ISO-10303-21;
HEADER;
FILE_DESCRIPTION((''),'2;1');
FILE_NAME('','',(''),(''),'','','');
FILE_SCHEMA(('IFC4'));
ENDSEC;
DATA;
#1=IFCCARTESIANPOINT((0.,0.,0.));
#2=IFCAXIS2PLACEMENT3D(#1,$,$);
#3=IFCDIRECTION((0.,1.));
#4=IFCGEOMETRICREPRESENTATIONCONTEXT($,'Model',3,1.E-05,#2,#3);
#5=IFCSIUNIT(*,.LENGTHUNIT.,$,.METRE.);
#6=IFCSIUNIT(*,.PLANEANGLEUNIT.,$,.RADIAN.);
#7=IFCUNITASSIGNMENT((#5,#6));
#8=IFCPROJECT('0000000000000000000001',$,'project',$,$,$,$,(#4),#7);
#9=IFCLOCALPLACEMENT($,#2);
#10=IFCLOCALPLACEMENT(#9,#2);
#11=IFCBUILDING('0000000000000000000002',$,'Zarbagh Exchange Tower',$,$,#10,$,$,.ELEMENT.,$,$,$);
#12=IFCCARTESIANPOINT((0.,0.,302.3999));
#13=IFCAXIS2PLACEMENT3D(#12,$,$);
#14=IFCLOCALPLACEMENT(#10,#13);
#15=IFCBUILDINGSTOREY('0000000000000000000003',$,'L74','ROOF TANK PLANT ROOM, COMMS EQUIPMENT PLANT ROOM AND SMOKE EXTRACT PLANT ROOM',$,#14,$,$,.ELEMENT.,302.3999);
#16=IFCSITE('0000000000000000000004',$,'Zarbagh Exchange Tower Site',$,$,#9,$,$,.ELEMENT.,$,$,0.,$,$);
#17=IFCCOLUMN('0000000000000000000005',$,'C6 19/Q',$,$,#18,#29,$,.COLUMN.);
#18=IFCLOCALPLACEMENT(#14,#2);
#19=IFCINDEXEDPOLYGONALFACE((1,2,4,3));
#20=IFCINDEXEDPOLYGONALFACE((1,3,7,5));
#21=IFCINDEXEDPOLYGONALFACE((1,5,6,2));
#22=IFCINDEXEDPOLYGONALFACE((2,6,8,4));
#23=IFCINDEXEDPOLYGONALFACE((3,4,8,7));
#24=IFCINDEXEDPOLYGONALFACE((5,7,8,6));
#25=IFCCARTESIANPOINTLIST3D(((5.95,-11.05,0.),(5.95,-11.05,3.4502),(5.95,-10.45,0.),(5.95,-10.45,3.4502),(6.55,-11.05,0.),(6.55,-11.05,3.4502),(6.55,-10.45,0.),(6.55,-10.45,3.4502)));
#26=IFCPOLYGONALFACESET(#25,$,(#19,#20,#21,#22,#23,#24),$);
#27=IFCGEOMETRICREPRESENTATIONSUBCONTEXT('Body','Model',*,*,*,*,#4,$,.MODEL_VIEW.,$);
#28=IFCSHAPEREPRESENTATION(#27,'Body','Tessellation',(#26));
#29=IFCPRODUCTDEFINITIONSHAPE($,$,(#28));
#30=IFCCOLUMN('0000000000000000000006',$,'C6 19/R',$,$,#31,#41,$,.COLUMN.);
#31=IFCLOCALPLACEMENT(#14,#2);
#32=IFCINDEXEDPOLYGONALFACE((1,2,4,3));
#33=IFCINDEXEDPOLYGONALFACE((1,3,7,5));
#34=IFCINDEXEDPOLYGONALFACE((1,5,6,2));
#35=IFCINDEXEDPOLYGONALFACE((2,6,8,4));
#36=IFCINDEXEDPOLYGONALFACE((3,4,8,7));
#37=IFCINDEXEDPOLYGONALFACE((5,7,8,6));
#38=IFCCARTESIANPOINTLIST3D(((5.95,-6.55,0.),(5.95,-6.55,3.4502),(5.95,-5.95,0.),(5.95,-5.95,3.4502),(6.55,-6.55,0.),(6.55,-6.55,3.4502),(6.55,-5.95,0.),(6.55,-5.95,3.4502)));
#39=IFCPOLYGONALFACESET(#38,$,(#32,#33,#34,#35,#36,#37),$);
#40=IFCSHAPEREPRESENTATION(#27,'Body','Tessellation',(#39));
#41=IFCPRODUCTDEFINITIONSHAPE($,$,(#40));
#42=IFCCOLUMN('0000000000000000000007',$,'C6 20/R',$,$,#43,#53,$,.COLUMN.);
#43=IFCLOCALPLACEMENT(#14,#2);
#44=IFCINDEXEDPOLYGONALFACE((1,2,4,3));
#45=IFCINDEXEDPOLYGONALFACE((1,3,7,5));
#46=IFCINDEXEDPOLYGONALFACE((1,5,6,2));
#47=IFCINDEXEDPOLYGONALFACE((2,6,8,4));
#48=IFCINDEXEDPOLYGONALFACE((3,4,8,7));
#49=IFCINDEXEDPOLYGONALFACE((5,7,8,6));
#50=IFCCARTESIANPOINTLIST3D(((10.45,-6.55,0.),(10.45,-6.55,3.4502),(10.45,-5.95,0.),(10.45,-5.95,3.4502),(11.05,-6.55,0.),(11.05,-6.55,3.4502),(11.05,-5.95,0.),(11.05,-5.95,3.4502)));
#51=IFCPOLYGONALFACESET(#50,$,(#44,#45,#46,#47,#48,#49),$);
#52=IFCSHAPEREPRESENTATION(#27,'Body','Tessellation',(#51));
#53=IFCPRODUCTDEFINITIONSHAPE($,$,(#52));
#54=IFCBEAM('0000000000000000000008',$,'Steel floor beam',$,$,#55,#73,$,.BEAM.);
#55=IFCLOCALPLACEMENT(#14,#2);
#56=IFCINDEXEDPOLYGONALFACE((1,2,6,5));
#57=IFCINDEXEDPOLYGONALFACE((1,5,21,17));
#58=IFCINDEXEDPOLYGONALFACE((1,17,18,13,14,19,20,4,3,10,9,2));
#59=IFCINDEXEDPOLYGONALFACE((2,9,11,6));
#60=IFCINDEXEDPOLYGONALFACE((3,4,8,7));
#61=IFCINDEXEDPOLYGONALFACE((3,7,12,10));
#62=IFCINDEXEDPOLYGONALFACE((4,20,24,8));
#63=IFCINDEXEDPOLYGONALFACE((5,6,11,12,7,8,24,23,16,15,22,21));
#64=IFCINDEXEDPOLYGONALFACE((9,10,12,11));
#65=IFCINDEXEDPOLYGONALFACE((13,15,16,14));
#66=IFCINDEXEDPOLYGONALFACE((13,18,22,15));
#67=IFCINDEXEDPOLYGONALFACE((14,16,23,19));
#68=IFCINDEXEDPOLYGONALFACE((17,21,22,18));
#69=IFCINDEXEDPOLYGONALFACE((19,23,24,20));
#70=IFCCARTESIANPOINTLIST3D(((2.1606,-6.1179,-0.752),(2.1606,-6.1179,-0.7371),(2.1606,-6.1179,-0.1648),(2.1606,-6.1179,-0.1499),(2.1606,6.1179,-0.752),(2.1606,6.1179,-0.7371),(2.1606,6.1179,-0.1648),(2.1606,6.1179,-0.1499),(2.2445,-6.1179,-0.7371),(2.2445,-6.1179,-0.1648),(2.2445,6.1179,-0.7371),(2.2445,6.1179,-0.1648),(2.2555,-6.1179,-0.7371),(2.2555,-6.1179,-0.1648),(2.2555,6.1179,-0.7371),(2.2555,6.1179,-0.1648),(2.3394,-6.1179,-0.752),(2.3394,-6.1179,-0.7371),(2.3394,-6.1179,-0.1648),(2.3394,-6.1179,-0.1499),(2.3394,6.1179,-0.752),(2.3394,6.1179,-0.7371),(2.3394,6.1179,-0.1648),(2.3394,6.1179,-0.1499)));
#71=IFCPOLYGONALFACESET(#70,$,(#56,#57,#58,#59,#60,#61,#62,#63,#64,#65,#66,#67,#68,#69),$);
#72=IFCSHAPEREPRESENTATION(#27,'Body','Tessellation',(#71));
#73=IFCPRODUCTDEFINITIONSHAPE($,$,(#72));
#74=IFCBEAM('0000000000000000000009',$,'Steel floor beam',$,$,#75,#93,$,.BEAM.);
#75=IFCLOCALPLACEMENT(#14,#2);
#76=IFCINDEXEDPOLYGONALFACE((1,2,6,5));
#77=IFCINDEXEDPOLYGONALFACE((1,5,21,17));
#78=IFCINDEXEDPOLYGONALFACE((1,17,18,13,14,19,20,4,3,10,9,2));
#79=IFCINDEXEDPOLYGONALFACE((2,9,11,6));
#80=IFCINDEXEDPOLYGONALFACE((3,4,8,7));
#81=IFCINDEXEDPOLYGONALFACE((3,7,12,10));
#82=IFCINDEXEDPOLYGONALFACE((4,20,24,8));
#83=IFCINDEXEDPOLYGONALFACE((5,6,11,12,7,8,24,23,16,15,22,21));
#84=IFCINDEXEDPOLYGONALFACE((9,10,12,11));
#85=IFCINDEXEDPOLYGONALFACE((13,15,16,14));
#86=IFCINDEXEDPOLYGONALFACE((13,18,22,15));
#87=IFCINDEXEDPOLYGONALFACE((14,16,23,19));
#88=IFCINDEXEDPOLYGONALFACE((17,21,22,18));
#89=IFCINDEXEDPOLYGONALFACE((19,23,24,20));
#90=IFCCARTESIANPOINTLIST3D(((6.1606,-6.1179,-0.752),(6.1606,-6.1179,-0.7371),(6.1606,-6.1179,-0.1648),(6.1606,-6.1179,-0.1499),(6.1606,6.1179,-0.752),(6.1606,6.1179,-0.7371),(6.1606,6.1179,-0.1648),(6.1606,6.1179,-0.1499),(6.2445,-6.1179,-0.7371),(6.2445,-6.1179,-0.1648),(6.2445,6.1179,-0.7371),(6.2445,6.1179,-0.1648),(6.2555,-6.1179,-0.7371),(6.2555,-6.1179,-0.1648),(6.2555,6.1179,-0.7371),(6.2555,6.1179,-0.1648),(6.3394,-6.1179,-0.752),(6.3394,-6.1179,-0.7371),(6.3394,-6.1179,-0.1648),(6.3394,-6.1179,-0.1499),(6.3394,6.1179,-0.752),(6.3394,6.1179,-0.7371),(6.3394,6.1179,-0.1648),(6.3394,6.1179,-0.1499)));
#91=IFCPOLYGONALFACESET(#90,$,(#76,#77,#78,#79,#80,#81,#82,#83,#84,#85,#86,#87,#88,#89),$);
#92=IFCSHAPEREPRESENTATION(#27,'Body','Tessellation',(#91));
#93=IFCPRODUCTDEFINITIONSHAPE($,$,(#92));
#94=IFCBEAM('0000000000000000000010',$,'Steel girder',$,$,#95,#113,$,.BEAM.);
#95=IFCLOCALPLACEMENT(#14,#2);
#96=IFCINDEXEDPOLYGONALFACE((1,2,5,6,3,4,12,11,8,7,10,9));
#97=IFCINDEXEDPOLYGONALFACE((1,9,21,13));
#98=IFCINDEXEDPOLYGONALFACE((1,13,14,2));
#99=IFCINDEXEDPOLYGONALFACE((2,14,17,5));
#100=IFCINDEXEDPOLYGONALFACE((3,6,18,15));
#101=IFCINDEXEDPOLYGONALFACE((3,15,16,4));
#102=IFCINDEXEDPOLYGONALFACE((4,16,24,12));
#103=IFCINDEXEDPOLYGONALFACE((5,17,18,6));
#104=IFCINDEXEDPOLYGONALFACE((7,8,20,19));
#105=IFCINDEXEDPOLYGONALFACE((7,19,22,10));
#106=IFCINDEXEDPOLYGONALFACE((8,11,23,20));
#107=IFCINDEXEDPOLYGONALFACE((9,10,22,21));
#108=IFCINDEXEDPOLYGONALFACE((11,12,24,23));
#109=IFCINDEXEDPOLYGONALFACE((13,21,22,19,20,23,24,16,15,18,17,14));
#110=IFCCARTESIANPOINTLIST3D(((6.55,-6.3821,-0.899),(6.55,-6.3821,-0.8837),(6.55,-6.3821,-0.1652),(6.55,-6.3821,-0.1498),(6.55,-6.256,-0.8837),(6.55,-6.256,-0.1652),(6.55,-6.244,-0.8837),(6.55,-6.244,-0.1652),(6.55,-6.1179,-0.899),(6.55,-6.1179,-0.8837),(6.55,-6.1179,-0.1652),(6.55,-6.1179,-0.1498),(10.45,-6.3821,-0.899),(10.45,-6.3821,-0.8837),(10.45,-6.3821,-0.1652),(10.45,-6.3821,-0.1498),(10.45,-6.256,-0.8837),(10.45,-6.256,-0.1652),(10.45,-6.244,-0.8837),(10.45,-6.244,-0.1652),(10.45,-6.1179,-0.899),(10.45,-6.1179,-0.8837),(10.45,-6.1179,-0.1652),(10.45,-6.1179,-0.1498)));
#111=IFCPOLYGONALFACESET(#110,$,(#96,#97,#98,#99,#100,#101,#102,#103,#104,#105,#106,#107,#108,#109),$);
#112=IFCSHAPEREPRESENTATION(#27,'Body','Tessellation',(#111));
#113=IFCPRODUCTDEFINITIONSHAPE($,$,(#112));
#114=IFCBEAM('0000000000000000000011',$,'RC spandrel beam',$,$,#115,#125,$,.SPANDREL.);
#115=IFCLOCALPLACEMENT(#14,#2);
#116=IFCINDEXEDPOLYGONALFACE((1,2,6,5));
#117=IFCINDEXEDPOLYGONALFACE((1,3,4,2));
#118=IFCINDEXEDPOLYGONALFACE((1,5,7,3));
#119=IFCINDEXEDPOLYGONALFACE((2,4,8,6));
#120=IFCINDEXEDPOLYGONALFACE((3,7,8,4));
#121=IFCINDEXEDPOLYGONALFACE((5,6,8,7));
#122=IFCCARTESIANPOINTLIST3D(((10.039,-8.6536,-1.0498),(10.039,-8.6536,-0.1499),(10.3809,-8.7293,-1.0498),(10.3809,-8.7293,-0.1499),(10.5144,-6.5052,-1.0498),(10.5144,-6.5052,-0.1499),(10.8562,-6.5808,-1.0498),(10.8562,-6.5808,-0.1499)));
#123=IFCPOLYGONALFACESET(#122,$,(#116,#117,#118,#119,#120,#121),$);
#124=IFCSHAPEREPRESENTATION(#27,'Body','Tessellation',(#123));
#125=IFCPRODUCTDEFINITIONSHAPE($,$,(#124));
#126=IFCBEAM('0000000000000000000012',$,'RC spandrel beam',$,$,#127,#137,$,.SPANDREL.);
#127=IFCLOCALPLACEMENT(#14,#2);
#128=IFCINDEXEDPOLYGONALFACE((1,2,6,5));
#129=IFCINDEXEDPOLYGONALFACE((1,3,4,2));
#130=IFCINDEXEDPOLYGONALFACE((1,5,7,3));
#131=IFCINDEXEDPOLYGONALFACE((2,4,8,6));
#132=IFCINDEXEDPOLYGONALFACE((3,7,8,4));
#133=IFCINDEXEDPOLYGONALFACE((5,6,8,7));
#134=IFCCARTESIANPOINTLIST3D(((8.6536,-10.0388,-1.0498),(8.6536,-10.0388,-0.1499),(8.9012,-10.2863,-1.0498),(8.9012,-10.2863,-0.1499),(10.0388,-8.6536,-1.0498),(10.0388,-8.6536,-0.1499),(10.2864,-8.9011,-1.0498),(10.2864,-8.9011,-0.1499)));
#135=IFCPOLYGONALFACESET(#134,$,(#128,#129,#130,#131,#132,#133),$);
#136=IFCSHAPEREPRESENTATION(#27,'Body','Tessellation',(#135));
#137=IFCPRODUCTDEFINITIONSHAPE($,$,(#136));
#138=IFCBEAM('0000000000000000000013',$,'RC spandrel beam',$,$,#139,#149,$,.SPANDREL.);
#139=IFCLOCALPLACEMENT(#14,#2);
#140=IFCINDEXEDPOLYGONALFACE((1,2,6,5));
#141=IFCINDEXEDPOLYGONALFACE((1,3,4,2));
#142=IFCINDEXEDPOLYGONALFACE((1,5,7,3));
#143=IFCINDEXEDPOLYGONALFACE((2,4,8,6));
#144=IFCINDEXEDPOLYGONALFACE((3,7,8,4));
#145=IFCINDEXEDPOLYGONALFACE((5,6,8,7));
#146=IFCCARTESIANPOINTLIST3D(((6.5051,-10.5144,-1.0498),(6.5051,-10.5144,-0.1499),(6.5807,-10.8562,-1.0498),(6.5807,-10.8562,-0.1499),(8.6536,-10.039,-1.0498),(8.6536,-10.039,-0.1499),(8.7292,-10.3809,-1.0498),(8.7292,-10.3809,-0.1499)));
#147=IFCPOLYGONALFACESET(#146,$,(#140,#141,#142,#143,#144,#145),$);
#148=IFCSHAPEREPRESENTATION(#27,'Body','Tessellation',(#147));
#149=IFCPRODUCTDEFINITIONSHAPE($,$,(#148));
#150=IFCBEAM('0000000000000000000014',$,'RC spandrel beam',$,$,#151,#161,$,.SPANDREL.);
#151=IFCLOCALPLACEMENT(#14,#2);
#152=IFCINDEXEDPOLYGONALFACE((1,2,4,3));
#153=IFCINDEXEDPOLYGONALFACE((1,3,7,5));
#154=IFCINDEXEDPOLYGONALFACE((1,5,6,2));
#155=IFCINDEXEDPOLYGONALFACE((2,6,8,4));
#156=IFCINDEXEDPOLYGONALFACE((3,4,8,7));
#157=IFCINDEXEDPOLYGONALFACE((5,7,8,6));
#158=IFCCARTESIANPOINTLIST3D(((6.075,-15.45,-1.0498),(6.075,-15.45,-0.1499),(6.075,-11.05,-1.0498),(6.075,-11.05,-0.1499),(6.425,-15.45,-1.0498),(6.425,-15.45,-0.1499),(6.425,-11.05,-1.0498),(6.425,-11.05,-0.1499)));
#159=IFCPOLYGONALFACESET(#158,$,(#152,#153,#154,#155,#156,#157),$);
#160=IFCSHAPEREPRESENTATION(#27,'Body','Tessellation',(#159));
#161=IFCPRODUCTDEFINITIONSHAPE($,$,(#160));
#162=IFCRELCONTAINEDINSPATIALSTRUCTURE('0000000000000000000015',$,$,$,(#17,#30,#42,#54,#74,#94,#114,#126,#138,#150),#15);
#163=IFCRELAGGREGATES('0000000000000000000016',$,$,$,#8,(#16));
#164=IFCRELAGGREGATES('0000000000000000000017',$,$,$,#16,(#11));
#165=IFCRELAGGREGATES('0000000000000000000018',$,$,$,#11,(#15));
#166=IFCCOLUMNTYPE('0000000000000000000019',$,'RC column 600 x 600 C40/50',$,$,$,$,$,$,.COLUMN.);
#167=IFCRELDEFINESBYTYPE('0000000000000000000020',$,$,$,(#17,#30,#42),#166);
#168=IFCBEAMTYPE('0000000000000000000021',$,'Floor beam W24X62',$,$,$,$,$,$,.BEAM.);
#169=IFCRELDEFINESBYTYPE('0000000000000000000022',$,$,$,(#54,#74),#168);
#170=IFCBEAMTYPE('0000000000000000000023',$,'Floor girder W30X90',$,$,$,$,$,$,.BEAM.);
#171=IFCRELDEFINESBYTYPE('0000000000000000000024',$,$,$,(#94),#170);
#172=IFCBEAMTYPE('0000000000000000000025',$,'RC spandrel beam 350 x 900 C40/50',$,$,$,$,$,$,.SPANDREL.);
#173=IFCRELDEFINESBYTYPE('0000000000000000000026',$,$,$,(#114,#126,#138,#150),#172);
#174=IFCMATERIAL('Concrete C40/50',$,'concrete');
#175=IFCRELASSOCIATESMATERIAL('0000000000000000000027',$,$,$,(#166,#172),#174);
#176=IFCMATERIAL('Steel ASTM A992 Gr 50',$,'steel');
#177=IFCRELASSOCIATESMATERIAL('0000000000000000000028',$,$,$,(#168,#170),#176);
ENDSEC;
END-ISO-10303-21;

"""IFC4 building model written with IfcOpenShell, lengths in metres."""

from ifc_helpers import new_model, si_unit, direction, frame, origin, origin_2d, place, context, subcontext, project, spatial, rectangle, i_section, extrude, material, material_profile, profile_set, type_object, element, save


model = new_model("IFC4")

# Units and contexts
model_context = context("Model", 3, precision=1e-05, world=origin(), true_north=direction((0.0, 1.0)))
body_context = subcontext(model_context, "Body", "Model", "MODEL_VIEW")
ifc_project = project(units=[si_unit("LENGTHUNIT", "METRE"), si_unit("PLANEANGLEUNIT", "RADIAN")], contexts=[model_context])

# Site, building, storey
site_placement = place(None, origin())
site = spatial("IfcSite", under=ifc_project, at=site_placement, Name="Zarbagh Exchange Tower Site", CompositionType="ELEMENT", RefElevation=0.0)
building_placement = place(site_placement, origin())
building = spatial("IfcBuilding", under=site, at=building_placement, Name="Zarbagh Exchange Tower", CompositionType="ELEMENT")
storey_placement = place(building_placement, frame((0.0, 0.0, 302.3999)))
storey = spatial("IfcBuildingStorey", under=building, at=storey_placement, Name="L74", Description="ROOF TANK PLANT ROOM, COMMS EQUIPMENT PLANT ROOM AND SMOKE EXTRACT PLANT ROOM", CompositionType="ELEMENT", Elevation=302.3999)

# Columns
ifc_material_1 = material(Name="Concrete C40/50", Category="concrete")
ifc_material_profile_1 = material_profile(ifc_material_1, rectangle(XDim=0.6001, YDim=0.6001, at=origin_2d()), Name="RC column 600 x 600 C40/50")
ifc_profile_set_1 = profile_set([ifc_material_profile_1], Name="Concrete C40/50")
column_type = type_object("IfcColumnType", Name="RC column 600 x 600 C40/50", PredefinedType="COLUMN", material=ifc_profile_set_1)
for number, where, z_axis, x_axis, name in (
    (1, (6.25, -10.75, 0.0), (0.0, 0.0, 1.0), (1.0, 0.0, 0.0), "C6 19/Q"),
    (2, (6.25, -6.25, 0.0), (0.0, 0.0, 1.0), (1.0, 0.0, 0.0), "C6 19/R"),
    (3, (10.75, -6.25, 0.0), (0.0, 0.0, 1.0), (1.0, 0.0, 0.0), "C6 20/R"),
):
    element("IfcColumn", number, at=place(storey_placement, frame(where, z_axis=z_axis, x_axis=x_axis)), inside=storey, type_object=column_type, Name=name, PredefinedType="COLUMN", context=body_context, shape_type="SweptSolid", body=[
        extrude(rectangle(XDim=0.6001, YDim=0.6001, at=origin_2d()), origin(), (0.0, 0.0, 1.0), 3.4502),
    ])

# Beams
ifc_material_2 = material(Name="Steel ASTM A992 Gr 50", Category="steel")
ifc_material_profile_2 = material_profile(ifc_material_2, i_section(OverallWidth=0.1787, OverallDepth=0.6021, WebThickness=0.011, FlangeThickness=0.0149, at=origin_2d()), Name="W24X62")
ifc_profile_set_2 = profile_set([ifc_material_profile_2], Name="Steel ASTM A992 Gr 50")
beam_type_1 = type_object("IfcBeamType", Name="Floor beam W24X62", PredefinedType="BEAM", material=ifc_profile_set_2)
for number, where, z_axis, x_axis, name in (
    (4, (2.25, -6.1179, -0.4509), (0.0, 1.0, 0.0), (-1.0, 0.0, 0.0), "Steel floor beam"),
    (5, (6.25, -6.1179, -0.4509), (0.0, 1.0, 0.0), (-1.0, 0.0, 0.0), "Steel floor beam"),
):
    element("IfcBeam", number, at=place(storey_placement, frame(where, z_axis=z_axis, x_axis=x_axis)), inside=storey, type_object=beam_type_1, Name=name, PredefinedType="BEAM", context=body_context, shape_type="SweptSolid", body=[
        extrude(i_section(OverallWidth=0.1787, OverallDepth=0.6021, WebThickness=0.011, FlangeThickness=0.0149, at=origin_2d()), origin(), (0.0, 0.0, 1.0), 12.2358),
    ])
ifc_material_profile_3 = material_profile(ifc_material_2, i_section(OverallWidth=0.2642, OverallDepth=0.7493, WebThickness=0.012, FlangeThickness=0.0154, at=origin_2d()), Name="W30X90")
ifc_profile_set_3 = profile_set([ifc_material_profile_3], Name="Steel ASTM A992 Gr 50")
beam_type_2 = type_object("IfcBeamType", Name="Floor girder W30X90", PredefinedType="BEAM", material=ifc_profile_set_3)
beam_1_placement = place(storey_placement, frame((6.55, -6.25, -0.5244), z_axis=(1.0, 0.0, 0.0), x_axis=(0.0, 1.0, 0.0)))
element("IfcBeam", 6, at=beam_1_placement, inside=storey, type_object=beam_type_2, Name="Steel girder", PredefinedType="BEAM", context=body_context, shape_type="SweptSolid", body=[
    extrude(i_section(OverallWidth=0.2642, OverallDepth=0.7493, WebThickness=0.012, FlangeThickness=0.0154, at=origin_2d()), origin(), (0.0, 0.0, 1.0), 3.8999),
])
ifc_material_profile_4 = material_profile(ifc_material_1, rectangle(XDim=0.3501, YDim=0.8999, at=origin_2d()), Name="RC spandrel beam 350 x 900 C40/50")
ifc_profile_set_4 = profile_set([ifc_material_profile_4], Name="Concrete C40/50")
beam_type_3 = type_object("IfcBeamType", Name="RC spandrel beam 350 x 900 C40/50", PredefinedType="SPANDREL", material=ifc_profile_set_4)
beam_2_placement = place(storey_placement, frame((10.6853, -6.543, -0.5999), z_axis=(-0.216026, -0.976388, 0.0), x_axis=(0.976388, -0.216026, 0.0)))
element("IfcBeam", 7, at=beam_2_placement, inside=storey, type_object=beam_type_3, Name="RC spandrel beam", PredefinedType="SPANDREL", context=body_context, shape_type="SweptSolid", body=[
    extrude(rectangle(XDim=0.3501, YDim=0.8999, at=origin_2d()), origin(), (0.0, 0.0, 1.0), 2.2004),
])
beam_3_placement = place(storey_placement, frame((10.1626, -8.7773, -0.5999), z_axis=(-0.707107, -0.707107, 0.0), x_axis=(0.707107, -0.707107, 0.0)))
element("IfcBeam", 8, at=beam_3_placement, inside=storey, type_object=beam_type_3, Name="RC spandrel beam", PredefinedType="SPANDREL", context=body_context, shape_type="SweptSolid", body=[
    extrude(rectangle(XDim=0.3501, YDim=0.8999, at=origin_2d()), origin(), (0.0, 0.0, 1.0), 1.959),
])
beam_4_placement = place(storey_placement, frame((8.6914, -10.21, -0.5999), z_axis=(-0.976388, -0.216026, 0.0), x_axis=(0.216026, -0.976388, 0.0)))
element("IfcBeam", 9, at=beam_4_placement, inside=storey, type_object=beam_type_3, Name="RC spandrel beam", PredefinedType="SPANDREL", context=body_context, shape_type="SweptSolid", body=[
    extrude(rectangle(XDim=0.3501, YDim=0.8999, at=origin_2d()), origin(), (0.0, 0.0, 1.0), 2.2004),
])
beam_5_placement = place(storey_placement, frame((6.25, -11.05, -0.5999), z_axis=(0.0, -1.0, 0.0), x_axis=(1.0, 0.0, 0.0)))
element("IfcBeam", 10, at=beam_5_placement, inside=storey, type_object=beam_type_3, Name="RC spandrel beam", PredefinedType="SPANDREL", context=body_context, shape_type="SweptSolid", body=[
    extrude(rectangle(XDim=0.3501, YDim=0.8999, at=origin_2d()), origin(), (0.0, 0.0, 1.0), 4.3999),
])

save(model, "model.ifc")
